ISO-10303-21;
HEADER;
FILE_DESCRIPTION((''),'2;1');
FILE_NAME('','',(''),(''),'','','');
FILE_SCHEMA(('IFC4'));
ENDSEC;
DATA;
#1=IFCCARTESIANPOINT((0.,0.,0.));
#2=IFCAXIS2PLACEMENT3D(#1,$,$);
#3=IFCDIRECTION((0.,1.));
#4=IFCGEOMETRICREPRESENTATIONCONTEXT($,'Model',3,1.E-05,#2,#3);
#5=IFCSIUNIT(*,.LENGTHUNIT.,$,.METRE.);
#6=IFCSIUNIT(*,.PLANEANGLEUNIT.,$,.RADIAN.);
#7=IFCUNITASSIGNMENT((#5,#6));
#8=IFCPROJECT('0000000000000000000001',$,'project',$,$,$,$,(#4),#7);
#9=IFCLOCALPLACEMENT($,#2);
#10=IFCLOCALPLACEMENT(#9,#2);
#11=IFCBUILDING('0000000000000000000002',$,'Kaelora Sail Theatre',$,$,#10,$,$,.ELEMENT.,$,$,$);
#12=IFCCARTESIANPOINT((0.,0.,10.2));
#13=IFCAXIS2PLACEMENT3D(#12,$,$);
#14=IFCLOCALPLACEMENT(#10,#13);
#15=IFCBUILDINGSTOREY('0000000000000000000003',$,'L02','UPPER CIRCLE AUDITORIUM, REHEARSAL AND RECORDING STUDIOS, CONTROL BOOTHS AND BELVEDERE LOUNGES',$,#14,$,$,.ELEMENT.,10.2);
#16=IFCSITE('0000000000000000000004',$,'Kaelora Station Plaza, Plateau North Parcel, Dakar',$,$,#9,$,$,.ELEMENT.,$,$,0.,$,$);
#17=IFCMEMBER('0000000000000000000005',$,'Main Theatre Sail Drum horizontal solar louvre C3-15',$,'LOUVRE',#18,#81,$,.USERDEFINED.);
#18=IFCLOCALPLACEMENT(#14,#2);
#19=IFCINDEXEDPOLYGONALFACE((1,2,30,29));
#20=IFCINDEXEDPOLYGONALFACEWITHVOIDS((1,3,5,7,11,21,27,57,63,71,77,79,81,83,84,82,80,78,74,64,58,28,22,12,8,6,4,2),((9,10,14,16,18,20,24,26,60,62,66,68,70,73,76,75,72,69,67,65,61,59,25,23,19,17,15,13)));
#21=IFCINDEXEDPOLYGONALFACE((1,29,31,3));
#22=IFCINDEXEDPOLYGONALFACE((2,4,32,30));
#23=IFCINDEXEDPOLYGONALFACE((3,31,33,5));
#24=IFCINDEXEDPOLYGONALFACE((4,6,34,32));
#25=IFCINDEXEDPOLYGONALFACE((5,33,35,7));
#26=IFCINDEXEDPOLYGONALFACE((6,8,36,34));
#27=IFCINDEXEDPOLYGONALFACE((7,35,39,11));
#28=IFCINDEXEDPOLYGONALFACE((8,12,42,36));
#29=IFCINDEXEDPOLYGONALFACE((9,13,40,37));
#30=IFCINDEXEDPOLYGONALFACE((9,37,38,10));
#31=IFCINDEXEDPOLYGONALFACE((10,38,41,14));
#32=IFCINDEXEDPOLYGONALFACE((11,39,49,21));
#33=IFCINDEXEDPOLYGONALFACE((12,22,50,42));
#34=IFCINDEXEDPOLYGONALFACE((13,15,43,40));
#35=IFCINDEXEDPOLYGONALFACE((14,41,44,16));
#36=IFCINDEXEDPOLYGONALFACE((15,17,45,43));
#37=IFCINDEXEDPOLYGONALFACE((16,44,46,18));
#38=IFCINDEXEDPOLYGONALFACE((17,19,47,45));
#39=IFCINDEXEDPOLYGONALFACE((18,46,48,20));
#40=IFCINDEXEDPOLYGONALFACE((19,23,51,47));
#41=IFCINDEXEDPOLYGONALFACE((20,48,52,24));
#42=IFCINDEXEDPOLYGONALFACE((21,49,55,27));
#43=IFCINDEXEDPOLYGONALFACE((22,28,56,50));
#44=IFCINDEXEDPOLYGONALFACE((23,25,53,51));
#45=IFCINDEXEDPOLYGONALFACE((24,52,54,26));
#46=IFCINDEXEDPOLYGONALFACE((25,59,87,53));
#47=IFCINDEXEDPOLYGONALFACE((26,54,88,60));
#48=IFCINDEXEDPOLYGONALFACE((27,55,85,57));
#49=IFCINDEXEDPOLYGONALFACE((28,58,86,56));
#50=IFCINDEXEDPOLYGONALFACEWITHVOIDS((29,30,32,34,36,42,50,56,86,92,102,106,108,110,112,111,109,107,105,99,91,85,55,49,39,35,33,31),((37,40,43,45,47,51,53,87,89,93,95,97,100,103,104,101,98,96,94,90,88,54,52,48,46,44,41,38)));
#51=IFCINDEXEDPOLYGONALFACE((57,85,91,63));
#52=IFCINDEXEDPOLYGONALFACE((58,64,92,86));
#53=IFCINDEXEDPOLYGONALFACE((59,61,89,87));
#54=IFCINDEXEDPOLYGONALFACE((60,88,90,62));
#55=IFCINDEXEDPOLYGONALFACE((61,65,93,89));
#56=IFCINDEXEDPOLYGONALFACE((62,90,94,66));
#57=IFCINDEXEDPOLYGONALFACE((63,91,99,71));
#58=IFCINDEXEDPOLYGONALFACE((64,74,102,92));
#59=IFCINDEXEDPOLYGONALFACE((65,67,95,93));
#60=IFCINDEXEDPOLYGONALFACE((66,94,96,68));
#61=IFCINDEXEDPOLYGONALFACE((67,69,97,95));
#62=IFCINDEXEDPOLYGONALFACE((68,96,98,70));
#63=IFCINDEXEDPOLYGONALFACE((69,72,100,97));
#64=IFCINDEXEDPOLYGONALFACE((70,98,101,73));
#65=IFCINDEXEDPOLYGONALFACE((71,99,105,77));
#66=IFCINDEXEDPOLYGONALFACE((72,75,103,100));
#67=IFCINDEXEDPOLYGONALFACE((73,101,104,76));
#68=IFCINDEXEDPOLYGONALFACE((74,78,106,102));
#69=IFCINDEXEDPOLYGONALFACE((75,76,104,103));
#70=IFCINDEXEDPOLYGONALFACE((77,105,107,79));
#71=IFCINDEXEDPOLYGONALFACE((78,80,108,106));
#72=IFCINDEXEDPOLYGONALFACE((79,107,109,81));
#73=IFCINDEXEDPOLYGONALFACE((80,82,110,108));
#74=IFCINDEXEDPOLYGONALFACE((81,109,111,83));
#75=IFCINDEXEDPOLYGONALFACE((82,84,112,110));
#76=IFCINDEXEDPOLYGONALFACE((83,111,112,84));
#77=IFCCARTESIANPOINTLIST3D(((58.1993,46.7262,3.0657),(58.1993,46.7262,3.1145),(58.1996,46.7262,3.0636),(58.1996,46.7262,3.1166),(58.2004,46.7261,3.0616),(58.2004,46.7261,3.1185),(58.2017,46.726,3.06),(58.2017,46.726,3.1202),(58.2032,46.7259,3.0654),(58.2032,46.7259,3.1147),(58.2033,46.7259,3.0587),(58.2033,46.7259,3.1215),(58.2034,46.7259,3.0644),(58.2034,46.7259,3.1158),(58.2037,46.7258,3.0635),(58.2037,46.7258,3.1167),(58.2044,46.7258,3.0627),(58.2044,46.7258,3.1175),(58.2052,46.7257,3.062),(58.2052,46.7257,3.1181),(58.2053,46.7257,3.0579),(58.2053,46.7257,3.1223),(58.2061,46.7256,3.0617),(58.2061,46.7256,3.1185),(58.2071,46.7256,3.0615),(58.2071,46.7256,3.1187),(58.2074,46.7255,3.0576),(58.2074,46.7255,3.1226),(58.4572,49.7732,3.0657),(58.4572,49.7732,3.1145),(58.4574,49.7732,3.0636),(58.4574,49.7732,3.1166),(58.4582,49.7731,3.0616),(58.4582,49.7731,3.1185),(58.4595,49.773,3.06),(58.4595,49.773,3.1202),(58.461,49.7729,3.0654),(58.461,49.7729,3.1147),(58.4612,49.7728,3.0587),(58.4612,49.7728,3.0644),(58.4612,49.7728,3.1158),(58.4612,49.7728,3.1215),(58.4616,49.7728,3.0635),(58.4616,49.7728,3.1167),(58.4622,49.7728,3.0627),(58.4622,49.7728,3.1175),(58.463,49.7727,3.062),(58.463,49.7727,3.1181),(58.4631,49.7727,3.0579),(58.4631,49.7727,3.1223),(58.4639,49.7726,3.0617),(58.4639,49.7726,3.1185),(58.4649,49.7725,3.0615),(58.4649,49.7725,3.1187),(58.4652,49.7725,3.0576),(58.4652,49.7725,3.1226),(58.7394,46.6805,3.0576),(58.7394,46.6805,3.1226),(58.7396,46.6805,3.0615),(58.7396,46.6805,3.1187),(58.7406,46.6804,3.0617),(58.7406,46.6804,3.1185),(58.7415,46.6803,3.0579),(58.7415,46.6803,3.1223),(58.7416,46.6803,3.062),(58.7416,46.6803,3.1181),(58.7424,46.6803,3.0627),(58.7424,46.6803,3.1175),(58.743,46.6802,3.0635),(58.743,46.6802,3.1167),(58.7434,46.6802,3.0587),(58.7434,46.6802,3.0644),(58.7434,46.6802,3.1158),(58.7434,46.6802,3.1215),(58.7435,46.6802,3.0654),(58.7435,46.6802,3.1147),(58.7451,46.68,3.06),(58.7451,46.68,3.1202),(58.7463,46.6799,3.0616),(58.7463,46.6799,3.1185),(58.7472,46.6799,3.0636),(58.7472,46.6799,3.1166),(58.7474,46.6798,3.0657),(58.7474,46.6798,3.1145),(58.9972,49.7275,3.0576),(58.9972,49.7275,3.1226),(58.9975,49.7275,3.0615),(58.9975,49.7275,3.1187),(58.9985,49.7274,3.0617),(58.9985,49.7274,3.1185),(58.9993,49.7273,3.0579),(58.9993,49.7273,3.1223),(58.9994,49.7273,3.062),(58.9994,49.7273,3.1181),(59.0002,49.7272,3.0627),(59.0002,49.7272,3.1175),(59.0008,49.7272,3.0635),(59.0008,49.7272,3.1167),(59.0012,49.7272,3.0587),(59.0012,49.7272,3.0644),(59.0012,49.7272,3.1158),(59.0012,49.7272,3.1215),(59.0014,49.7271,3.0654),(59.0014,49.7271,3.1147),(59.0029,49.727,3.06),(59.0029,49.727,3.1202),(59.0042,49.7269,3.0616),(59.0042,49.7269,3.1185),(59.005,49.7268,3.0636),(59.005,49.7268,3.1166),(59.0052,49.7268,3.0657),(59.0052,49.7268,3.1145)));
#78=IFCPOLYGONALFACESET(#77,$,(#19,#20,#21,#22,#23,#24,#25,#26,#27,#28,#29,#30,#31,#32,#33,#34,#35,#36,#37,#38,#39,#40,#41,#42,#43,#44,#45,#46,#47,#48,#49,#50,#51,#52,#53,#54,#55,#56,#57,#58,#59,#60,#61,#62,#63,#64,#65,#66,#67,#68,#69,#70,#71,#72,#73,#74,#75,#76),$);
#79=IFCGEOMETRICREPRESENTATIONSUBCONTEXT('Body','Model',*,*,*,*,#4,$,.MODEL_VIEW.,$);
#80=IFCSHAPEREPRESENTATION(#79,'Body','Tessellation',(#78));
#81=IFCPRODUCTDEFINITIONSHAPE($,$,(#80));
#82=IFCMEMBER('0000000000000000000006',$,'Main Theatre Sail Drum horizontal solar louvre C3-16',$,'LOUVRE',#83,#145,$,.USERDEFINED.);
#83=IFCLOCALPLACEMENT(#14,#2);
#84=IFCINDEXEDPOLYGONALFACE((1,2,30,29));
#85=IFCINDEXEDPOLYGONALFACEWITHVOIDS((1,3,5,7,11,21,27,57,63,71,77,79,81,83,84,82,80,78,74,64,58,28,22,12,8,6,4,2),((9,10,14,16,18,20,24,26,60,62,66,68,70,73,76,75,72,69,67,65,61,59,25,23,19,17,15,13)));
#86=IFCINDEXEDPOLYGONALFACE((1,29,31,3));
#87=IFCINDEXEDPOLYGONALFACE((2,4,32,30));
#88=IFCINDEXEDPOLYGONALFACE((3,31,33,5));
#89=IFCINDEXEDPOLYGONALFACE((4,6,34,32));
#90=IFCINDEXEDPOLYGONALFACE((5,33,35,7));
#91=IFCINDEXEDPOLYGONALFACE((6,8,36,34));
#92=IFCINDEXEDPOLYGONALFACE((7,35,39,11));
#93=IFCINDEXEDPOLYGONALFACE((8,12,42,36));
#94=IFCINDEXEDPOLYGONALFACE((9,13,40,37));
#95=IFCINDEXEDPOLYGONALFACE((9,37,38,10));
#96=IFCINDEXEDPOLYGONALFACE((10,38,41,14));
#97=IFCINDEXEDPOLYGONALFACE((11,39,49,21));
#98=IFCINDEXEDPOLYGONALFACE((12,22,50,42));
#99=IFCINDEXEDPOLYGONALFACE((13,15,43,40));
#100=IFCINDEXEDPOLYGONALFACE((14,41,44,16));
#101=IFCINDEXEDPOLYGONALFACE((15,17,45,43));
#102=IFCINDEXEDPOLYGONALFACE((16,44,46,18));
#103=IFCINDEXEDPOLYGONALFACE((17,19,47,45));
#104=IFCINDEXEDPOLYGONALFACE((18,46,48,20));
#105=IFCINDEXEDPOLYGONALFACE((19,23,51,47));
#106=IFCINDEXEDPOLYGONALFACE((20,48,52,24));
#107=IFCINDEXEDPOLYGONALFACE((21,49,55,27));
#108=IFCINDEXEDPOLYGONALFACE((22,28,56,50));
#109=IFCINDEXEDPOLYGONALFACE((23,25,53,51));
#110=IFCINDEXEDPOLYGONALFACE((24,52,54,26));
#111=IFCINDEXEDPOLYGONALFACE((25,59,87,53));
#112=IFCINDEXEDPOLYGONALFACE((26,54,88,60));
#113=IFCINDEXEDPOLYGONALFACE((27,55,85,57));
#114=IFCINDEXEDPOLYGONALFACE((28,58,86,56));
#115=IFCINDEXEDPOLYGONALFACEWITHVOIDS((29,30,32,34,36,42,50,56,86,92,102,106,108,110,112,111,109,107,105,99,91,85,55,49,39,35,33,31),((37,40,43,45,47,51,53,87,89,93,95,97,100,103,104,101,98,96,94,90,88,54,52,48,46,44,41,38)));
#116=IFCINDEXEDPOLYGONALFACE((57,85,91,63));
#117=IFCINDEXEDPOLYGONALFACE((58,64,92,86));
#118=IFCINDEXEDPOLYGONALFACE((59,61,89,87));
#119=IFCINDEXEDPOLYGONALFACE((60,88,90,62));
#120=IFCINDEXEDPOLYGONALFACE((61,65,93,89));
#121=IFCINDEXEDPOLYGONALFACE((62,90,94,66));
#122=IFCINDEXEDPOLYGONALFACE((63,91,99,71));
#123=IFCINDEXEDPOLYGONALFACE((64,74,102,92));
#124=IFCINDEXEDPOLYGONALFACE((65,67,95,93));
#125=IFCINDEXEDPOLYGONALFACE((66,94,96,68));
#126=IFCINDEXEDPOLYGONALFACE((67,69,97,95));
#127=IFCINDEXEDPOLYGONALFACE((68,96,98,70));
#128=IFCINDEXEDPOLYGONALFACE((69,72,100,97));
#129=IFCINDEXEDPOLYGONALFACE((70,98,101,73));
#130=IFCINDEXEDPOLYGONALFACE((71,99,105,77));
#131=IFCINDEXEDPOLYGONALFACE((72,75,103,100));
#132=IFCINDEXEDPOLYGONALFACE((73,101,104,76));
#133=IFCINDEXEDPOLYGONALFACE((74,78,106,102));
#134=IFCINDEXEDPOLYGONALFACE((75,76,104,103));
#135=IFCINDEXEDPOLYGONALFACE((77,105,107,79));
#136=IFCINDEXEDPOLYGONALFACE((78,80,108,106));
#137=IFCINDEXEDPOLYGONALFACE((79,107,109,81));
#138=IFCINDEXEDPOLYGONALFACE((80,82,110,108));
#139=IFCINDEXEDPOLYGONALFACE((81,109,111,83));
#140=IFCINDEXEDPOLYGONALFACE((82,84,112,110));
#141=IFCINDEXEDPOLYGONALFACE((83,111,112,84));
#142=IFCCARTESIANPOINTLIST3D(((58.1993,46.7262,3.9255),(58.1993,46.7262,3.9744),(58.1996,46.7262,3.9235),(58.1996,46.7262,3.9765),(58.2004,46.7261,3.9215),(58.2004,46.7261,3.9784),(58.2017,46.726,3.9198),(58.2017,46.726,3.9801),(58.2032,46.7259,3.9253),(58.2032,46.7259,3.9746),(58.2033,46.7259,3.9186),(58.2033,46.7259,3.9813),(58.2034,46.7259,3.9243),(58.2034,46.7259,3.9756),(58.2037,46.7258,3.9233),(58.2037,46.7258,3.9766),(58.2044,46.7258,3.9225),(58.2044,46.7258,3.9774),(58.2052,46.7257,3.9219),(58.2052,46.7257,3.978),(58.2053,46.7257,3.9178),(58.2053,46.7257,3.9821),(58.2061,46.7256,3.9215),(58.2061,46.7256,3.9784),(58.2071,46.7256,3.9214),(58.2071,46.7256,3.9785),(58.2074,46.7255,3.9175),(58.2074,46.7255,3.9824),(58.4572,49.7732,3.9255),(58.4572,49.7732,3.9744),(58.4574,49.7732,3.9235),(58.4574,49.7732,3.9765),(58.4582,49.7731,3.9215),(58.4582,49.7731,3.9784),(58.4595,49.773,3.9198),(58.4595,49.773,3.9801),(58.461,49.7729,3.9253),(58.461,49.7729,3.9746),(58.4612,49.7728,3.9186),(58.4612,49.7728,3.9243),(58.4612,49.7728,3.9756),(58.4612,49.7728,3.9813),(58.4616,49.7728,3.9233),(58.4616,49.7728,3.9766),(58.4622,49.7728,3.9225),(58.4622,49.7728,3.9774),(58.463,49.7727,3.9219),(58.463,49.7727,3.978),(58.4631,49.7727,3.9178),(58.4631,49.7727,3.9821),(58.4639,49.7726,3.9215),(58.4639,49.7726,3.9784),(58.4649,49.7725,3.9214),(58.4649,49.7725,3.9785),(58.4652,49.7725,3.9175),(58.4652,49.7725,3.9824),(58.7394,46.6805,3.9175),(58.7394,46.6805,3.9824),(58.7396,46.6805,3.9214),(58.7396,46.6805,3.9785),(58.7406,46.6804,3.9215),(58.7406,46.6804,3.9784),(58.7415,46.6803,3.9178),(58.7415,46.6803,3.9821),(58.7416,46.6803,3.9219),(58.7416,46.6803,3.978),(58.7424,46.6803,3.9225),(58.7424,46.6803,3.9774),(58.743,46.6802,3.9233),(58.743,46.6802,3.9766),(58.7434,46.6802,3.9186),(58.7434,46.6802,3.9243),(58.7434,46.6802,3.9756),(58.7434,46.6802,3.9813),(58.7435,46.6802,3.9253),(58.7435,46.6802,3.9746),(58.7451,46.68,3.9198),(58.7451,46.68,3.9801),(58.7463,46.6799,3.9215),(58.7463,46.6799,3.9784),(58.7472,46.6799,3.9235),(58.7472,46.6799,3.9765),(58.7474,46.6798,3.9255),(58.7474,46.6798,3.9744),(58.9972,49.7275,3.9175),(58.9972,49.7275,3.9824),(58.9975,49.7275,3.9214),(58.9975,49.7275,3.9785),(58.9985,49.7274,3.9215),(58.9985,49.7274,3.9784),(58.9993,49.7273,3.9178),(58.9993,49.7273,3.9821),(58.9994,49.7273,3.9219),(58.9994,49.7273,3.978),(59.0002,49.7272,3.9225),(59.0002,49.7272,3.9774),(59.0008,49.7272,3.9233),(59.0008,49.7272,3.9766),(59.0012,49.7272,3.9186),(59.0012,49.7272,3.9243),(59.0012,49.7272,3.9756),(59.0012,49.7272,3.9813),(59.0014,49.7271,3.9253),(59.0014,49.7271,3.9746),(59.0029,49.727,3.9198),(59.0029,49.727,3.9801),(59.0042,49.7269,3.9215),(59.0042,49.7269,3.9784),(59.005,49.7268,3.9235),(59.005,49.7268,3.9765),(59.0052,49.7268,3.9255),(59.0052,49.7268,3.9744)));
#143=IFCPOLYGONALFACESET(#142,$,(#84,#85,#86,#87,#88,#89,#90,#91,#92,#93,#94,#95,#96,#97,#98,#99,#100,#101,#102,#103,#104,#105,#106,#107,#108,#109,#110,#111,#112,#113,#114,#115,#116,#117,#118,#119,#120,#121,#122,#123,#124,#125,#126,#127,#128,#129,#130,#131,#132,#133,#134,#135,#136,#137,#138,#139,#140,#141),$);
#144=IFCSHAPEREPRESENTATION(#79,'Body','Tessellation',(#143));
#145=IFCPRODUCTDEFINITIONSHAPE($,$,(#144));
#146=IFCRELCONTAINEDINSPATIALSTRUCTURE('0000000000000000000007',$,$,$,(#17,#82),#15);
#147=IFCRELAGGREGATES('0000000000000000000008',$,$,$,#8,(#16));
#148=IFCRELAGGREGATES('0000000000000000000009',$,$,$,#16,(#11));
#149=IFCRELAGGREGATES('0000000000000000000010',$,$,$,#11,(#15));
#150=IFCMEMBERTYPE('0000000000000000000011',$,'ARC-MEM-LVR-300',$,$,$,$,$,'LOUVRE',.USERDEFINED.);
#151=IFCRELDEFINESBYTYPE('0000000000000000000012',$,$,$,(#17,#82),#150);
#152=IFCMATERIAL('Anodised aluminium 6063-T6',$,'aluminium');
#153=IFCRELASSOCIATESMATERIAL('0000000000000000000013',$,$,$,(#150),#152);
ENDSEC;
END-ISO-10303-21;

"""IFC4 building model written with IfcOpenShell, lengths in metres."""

from ifc_helpers import new_model, si_unit, direction, frame, origin, origin_2d, place, context, subcontext, project, spatial, hollow_rectangle, extrude, material, material_profile, profile_set, type_object, element, save


model = new_model("IFC4")

# Units and contexts
model_context = context("Model", 3, precision=1e-05, world=origin(), true_north=direction((0.0, 1.0)))
body_context = subcontext(model_context, "Body", "Model", "MODEL_VIEW")
ifc_project = project(units=[si_unit("LENGTHUNIT", "METRE"), si_unit("PLANEANGLEUNIT", "RADIAN")], contexts=[model_context])

# Site, building, storey
site_placement = place(None, origin())
site = spatial("IfcSite", under=ifc_project, at=site_placement, Name="Kaelora Station Plaza, Plateau North Parcel, Dakar", CompositionType="ELEMENT", RefElevation=0.0)
building_placement = place(site_placement, origin())
building = spatial("IfcBuilding", under=site, at=building_placement, Name="Kaelora Sail Theatre", CompositionType="ELEMENT")
storey_placement = place(building_placement, frame((0.0, 0.0, 10.2)))
storey = spatial("IfcBuildingStorey", under=building, at=storey_placement, Name="L02", Description="UPPER CIRCLE AUDITORIUM, REHEARSAL AND RECORDING STUDIOS, CONTROL BOOTHS AND BELVEDERE LOUNGES", CompositionType="ELEMENT", Elevation=10.2)

# Members
ifc_material_1 = material(Name="Anodised aluminium 6063-T6", Category="aluminium")
ifc_material_profile_1 = material_profile(ifc_material_1, hollow_rectangle(XDim=0.55, YDim=0.0649, WallThickness=0.0039, InnerFilletRadius=0.0039, OuterFilletRadius=0.0081, at=origin_2d()), Name="LOUVRE 550x65x4")
ifc_profile_set_1 = profile_set([ifc_material_profile_1], Name="Anodised aluminium 6063-T6")
member_type_1 = type_object("IfcMemberType", Name="ARC-MEM-LVR-300", ElementType="LOUVRE", PredefinedType="USERDEFINED", material=ifc_profile_set_1)
for number, where, z_axis, x_axis, name in (
    (1, (58.7312, 49.75, 3.0901), (-0.084314, -0.996439, 0.0), (0.996439, -0.084314, 0.0), "Main Theatre Sail Drum horizontal solar louvre C3-15"),
    (2, (58.7312, 49.75, 3.95), (-0.084314, -0.996439, 0.0), (0.996439, -0.084314, 0.0), "Main Theatre Sail Drum horizontal solar louvre C3-16"),
):
    element("IfcMember", number, at=place(storey_placement, frame(where, z_axis=z_axis, x_axis=x_axis)), inside=storey, type_object=member_type_1, Name=name, ObjectType="LOUVRE", PredefinedType="USERDEFINED", context=body_context, shape_type="SweptSolid", body=[
        extrude(hollow_rectangle(XDim=0.55, YDim=0.0649, WallThickness=0.0039, InnerFilletRadius=0.0039, OuterFilletRadius=0.0081, at=origin_2d()), origin(), (0.0, 0.0, 1.0), 3.0579),
    ])

save(model, "model.ifc")
